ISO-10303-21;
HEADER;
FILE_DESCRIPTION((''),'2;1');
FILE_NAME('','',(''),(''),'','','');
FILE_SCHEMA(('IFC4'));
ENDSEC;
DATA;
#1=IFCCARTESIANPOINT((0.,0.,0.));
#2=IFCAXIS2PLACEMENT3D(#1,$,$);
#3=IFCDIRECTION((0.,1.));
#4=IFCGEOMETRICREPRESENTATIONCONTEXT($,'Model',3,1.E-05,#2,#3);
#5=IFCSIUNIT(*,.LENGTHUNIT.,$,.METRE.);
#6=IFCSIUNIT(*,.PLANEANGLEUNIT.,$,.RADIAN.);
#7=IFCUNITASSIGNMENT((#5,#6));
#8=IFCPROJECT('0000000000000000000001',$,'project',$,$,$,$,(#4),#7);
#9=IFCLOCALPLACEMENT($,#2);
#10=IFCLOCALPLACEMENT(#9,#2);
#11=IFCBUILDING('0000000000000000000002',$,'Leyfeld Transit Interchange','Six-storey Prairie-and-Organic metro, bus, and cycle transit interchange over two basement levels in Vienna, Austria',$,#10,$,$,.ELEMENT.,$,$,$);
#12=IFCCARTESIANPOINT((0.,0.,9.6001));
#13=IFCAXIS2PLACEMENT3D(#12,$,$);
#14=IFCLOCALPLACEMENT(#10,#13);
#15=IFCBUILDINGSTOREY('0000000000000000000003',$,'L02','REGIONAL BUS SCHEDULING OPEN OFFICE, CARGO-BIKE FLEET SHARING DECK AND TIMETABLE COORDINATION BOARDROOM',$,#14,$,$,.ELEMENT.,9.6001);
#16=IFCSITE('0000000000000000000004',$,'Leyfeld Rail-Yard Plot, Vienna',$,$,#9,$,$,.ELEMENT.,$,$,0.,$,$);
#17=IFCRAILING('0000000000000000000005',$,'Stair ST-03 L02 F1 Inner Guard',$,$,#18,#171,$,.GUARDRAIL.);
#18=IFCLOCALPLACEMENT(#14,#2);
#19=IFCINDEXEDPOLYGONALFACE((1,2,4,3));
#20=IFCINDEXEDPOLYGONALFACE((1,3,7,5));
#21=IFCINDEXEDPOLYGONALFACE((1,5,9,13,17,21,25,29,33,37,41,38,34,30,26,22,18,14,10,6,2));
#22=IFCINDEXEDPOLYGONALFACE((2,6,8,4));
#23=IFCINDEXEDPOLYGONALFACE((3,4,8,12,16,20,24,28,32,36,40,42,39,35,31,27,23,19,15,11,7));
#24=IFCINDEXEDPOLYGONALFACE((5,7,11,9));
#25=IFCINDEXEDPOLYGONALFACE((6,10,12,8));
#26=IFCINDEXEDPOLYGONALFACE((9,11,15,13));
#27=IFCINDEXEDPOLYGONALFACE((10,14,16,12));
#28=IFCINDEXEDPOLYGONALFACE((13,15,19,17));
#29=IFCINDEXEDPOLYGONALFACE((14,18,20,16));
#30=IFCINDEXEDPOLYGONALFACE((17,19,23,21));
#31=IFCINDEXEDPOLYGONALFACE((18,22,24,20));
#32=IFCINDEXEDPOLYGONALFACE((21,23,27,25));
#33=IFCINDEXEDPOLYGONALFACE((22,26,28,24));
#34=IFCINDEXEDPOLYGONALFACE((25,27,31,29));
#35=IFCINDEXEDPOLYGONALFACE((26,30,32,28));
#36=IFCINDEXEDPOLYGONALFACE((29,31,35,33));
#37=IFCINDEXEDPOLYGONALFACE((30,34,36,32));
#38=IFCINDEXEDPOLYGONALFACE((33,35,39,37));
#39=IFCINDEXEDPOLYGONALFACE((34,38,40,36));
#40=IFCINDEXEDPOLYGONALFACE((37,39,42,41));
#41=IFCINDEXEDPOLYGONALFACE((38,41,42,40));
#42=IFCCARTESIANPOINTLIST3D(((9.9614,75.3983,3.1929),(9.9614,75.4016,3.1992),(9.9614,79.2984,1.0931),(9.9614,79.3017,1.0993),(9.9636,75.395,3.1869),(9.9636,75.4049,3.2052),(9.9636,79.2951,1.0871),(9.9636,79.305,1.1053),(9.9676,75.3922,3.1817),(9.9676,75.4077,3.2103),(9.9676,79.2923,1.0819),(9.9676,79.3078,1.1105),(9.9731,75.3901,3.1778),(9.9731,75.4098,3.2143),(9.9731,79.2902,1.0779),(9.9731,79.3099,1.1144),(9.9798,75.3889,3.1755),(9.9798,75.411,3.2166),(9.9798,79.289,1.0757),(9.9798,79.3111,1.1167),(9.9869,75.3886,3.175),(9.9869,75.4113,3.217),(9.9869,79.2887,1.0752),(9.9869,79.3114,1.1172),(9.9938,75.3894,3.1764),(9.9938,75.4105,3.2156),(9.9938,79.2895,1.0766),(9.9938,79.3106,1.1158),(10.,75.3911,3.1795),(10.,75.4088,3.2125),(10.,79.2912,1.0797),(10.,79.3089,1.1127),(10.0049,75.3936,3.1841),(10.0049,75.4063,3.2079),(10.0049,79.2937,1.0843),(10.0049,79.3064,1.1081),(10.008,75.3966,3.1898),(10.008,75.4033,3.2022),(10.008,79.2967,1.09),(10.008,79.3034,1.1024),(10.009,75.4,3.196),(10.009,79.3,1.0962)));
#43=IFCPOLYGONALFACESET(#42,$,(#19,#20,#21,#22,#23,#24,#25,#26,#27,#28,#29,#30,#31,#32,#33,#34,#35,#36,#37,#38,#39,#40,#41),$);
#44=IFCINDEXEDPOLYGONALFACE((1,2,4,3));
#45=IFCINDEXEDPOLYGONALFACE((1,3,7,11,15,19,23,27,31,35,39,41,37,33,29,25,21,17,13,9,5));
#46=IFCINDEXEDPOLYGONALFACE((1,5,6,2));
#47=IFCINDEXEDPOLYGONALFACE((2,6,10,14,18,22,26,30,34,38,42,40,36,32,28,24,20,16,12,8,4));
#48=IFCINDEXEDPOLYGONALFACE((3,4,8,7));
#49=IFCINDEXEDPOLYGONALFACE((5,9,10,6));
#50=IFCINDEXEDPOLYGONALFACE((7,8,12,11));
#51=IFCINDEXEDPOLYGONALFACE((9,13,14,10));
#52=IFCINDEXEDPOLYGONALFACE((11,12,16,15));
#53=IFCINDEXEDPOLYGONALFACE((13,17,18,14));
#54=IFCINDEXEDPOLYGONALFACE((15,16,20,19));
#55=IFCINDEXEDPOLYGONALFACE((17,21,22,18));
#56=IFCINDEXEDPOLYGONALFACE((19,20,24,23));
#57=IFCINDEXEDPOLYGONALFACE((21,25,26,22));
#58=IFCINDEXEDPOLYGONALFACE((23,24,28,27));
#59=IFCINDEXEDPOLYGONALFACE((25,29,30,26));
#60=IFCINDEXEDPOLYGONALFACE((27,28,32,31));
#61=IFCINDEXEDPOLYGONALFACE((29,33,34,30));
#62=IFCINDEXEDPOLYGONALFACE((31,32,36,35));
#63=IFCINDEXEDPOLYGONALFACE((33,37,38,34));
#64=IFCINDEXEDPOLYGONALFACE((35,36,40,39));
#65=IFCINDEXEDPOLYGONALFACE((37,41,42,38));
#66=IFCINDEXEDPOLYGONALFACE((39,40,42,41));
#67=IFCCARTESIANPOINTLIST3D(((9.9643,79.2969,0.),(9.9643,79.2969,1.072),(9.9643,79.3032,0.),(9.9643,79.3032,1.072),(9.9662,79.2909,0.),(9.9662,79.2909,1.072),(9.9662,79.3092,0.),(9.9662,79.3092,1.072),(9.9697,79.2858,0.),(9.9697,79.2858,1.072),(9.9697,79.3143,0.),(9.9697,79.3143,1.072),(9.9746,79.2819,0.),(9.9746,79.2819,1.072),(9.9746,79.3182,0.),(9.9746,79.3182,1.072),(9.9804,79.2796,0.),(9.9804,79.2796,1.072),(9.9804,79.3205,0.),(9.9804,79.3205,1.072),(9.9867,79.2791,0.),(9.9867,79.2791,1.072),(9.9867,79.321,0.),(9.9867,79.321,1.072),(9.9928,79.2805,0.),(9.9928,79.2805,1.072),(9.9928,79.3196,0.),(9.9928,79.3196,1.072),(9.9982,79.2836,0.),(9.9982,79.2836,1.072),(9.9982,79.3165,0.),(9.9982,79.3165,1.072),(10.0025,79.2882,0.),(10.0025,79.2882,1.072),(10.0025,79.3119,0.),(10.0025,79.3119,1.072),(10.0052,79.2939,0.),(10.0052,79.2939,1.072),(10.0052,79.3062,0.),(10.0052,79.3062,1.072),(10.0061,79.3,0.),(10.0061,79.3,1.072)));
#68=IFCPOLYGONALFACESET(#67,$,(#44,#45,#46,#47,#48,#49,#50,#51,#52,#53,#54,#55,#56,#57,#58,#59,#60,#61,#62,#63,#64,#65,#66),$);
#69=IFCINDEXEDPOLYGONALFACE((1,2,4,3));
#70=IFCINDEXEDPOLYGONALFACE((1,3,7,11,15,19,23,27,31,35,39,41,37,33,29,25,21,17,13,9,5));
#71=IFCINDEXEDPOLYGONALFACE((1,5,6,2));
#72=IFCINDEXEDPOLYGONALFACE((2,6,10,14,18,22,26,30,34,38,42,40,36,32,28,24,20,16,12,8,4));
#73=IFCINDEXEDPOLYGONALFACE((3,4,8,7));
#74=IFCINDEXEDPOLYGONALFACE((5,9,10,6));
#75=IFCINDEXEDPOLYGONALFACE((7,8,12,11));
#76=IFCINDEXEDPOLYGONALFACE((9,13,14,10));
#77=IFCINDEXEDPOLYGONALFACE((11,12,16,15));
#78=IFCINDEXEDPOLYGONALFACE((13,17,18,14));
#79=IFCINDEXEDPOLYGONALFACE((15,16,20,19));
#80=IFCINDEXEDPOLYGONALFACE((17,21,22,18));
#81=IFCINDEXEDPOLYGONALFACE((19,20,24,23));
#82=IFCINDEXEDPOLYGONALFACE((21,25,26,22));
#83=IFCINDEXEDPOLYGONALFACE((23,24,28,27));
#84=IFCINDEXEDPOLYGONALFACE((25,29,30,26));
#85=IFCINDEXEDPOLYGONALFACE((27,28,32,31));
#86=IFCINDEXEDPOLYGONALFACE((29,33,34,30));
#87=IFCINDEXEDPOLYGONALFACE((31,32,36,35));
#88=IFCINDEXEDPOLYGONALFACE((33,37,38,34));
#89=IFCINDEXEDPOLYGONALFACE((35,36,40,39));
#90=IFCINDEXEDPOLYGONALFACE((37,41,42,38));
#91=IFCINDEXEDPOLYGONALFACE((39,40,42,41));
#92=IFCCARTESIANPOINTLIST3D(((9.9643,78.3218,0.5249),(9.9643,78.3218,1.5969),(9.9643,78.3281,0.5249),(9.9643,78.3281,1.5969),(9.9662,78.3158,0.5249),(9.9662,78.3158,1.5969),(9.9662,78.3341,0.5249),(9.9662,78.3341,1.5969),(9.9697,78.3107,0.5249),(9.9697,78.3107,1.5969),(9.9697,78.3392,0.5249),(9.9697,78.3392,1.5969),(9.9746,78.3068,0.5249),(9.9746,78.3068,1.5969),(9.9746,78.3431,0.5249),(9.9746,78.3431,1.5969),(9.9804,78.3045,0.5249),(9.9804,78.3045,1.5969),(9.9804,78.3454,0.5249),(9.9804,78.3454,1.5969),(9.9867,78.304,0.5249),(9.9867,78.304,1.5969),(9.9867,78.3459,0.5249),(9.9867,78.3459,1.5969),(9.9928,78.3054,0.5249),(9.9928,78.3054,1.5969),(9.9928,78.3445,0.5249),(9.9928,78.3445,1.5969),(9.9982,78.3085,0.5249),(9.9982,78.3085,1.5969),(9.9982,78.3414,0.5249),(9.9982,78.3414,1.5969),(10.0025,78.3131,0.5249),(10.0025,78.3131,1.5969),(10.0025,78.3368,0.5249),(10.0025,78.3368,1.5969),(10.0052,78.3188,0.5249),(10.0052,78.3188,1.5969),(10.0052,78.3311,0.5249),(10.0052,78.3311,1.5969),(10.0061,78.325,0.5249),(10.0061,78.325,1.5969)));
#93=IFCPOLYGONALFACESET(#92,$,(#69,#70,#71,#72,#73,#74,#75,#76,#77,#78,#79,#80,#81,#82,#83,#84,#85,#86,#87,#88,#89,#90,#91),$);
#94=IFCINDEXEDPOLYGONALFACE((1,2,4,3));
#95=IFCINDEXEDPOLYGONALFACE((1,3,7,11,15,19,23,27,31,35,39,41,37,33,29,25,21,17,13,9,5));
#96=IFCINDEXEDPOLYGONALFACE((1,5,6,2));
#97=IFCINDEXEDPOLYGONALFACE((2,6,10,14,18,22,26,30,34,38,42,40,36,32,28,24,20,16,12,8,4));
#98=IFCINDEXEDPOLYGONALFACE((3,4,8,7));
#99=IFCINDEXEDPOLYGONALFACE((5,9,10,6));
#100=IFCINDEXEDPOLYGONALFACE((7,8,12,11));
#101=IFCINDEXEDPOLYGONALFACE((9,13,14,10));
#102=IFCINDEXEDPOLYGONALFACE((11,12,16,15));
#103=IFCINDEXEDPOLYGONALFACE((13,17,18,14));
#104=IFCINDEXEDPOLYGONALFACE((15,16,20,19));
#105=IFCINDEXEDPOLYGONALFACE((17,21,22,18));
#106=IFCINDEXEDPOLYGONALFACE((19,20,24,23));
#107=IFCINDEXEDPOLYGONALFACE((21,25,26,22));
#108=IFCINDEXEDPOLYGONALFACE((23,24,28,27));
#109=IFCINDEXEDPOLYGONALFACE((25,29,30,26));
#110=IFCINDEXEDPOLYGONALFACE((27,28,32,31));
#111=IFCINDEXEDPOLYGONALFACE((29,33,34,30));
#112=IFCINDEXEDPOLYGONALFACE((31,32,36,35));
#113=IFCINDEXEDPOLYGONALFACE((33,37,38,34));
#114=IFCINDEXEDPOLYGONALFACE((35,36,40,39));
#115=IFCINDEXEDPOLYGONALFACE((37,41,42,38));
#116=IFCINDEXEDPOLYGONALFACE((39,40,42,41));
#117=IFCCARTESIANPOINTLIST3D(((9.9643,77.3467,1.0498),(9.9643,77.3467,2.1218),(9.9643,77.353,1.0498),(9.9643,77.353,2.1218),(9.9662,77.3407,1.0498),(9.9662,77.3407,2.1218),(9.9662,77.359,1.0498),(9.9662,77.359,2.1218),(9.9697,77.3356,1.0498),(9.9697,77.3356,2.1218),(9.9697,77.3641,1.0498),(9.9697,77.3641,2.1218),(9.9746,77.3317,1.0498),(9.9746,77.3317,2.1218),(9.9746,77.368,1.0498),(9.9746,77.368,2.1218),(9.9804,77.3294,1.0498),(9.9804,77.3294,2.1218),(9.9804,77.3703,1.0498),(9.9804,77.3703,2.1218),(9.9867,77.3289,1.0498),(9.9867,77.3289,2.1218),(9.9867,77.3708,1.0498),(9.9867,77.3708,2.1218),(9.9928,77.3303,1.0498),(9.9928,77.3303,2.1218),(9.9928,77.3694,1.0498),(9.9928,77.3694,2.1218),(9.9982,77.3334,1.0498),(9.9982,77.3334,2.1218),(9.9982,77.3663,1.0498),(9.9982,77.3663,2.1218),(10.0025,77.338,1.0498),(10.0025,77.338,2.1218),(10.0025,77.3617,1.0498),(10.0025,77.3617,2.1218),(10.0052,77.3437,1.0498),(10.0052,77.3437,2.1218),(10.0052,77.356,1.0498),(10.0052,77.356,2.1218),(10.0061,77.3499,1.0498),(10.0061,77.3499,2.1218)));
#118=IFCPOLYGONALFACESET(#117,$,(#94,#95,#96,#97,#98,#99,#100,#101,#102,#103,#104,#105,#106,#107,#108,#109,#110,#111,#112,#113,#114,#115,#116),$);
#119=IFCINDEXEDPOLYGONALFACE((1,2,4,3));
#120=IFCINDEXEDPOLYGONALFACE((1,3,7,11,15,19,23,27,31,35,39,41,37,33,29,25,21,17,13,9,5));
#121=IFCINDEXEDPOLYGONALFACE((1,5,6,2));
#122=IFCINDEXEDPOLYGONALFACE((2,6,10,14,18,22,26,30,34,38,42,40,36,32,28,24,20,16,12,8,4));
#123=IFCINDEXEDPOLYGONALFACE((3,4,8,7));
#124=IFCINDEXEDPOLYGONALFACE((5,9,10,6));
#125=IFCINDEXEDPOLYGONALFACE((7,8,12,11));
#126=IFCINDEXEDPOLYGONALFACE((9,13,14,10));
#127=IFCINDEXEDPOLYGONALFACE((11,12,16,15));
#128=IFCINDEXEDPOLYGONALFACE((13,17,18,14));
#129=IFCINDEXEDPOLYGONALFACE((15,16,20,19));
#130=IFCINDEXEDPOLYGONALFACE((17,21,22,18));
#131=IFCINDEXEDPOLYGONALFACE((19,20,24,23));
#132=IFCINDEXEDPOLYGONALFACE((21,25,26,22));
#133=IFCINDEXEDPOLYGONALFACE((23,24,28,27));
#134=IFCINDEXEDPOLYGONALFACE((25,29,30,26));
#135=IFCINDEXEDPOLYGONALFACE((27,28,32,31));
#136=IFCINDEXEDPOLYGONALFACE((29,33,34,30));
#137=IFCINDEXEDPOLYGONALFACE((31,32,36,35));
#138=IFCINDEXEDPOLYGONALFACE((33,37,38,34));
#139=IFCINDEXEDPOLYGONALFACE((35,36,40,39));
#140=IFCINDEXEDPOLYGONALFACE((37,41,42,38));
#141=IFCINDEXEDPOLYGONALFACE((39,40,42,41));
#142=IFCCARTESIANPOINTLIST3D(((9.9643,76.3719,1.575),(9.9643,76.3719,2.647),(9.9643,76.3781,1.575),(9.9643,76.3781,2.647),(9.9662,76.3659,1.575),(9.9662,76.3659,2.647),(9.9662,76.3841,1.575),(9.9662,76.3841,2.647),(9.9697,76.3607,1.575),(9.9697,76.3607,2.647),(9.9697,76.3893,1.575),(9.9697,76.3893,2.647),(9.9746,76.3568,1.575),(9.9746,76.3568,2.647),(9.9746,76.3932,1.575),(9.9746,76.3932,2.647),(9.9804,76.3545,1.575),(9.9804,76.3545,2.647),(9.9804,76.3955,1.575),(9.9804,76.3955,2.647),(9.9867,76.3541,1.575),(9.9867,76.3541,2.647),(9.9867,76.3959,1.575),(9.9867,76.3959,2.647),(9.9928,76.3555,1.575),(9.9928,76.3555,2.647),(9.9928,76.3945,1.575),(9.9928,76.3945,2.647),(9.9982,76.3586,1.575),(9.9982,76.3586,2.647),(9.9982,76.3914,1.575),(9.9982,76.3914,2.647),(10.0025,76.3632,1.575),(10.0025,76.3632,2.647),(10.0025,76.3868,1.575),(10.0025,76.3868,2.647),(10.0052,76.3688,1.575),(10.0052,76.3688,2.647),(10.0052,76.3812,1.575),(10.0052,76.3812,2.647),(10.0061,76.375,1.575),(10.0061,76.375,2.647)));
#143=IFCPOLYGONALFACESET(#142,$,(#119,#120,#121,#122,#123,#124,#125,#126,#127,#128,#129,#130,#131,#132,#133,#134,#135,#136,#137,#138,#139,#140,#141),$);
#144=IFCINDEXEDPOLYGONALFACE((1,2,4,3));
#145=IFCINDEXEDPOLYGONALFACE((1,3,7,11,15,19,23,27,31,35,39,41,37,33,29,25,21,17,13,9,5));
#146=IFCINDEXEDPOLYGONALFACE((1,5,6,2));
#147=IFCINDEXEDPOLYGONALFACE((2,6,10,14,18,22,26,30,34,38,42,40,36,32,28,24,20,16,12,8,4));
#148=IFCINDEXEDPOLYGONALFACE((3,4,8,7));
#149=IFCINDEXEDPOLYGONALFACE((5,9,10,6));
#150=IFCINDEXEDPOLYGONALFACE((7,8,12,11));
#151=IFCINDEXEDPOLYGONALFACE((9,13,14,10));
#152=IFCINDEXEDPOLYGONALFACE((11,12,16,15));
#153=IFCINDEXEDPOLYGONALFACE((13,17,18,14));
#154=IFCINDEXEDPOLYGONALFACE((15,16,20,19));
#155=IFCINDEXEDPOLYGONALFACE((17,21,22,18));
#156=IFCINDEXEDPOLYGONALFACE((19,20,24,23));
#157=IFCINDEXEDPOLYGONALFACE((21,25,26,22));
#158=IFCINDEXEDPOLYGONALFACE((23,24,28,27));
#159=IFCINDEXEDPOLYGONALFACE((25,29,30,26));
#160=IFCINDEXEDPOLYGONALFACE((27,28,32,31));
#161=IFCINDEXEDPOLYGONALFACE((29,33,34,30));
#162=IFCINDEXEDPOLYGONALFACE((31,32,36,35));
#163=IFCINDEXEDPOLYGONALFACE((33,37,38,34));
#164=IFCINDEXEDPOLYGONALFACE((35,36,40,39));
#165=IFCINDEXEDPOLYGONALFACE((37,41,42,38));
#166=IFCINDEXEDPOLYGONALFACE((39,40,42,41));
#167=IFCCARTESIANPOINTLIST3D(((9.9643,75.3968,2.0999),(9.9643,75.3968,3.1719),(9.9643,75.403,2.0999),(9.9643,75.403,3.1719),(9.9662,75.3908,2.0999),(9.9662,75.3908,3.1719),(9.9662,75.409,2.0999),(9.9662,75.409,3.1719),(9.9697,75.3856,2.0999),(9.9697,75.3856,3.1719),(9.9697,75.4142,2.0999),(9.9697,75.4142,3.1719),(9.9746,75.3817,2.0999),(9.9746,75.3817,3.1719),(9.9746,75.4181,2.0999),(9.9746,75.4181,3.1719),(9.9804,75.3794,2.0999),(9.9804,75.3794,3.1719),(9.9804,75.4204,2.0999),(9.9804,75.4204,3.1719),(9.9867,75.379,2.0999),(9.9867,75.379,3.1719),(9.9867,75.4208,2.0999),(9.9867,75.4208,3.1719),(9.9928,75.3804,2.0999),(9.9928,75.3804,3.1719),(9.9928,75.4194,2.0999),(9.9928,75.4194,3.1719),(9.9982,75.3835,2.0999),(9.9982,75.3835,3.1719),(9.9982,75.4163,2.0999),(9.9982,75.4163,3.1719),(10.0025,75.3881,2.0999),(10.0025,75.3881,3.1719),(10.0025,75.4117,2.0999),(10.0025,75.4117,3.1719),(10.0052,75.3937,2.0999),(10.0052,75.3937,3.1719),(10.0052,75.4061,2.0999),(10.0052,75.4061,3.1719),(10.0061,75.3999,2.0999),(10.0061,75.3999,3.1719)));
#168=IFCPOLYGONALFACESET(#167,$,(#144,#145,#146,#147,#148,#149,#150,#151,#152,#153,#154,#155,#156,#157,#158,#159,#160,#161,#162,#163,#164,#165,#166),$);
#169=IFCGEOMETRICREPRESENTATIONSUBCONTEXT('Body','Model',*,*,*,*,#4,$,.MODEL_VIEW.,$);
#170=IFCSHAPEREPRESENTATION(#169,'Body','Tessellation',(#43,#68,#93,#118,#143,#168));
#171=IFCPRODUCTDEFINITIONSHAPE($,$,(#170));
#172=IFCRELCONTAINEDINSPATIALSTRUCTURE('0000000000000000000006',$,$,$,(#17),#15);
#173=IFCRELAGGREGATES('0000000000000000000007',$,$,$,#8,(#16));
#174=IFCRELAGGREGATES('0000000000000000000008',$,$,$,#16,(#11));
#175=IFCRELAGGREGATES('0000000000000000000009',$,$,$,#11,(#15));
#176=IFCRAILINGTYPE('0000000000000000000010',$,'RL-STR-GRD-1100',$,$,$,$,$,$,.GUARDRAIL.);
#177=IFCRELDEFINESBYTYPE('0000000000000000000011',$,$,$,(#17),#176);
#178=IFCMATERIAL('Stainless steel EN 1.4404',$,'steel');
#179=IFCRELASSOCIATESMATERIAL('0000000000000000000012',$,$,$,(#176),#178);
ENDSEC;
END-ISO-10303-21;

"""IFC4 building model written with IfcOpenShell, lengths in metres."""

from ifc_helpers import new_model, si_unit, direction, frame, origin, origin_2d, place, context, subcontext, project, spatial, circle, extrude, material, type_object, element, save


model = new_model("IFC4")

# Units and contexts
model_context = context("Model", 3, precision=1e-05, world=origin(), true_north=direction((0.0, 1.0)))
body_context = subcontext(model_context, "Body", "Model", "MODEL_VIEW")
ifc_project = project(units=[si_unit("LENGTHUNIT", "METRE"), si_unit("PLANEANGLEUNIT", "RADIAN")], contexts=[model_context])

# Site, building, storey
site_placement = place(None, origin())
site = spatial("IfcSite", under=ifc_project, at=site_placement, Name="Leyfeld Rail-Yard Plot, Vienna", CompositionType="ELEMENT", RefElevation=0.0)
building_placement = place(site_placement, origin())
building = spatial("IfcBuilding", under=site, at=building_placement, Name="Leyfeld Transit Interchange", Description="Six-storey Prairie-and-Organic metro, bus, and cycle transit interchange over two basement levels in Vienna, Austria", CompositionType="ELEMENT")
storey_placement = place(building_placement, frame((0.0, 0.0, 9.6001)))
storey = spatial("IfcBuildingStorey", under=building, at=storey_placement, Name="L02", Description="REGIONAL BUS SCHEDULING OPEN OFFICE, CARGO-BIKE FLEET SHARING DECK AND TIMETABLE COORDINATION BOARDROOM", CompositionType="ELEMENT", Elevation=9.6001)

# Shared definitions
ifc_material_1 = material(Name="Stainless steel EN 1.4404", Category="steel")

# Railing
railing_type_1 = type_object("IfcRailingType", Name="RL-STR-GRD-1100", PredefinedType="GUARDRAIL", material=ifc_material_1)
railing_1_placement = place(storey_placement, frame((9.9851, 79.3, 0.0)))
element("IfcRailing", 1, at=railing_1_placement, inside=storey, type_object=railing_type_1, Name="Stair ST-03 L02 F1 Inner Guard", PredefinedType="GUARDRAIL", context=body_context, shape_type="SweptSolid", body=[
    extrude(circle(Radius=0.0239, at=origin_2d()), frame((0.0, 0.0, 1.0962), z_axis=(0.0, -0.880492, 0.47406), x_axis=(1.0, 0.0, 0.0)), (0.0, 0.0, 1.0), 4.4294),
    extrude(circle(Radius=0.021, at=origin_2d()), origin(), (0.0, 0.0, 1.0), 1.072),
    extrude(circle(Radius=0.021, at=origin_2d()), frame((0.0, -0.9751, 0.5249)), (0.0, 0.0, 1.0), 1.072),
    extrude(circle(Radius=0.021, at=origin_2d()), frame((0.0, -1.9502, 1.0498)), (0.0, 0.0, 1.0), 1.072),
    extrude(circle(Radius=0.021, at=origin_2d()), frame((0.0, -2.925, 1.575)), (0.0, 0.0, 1.0), 1.072),
    extrude(circle(Radius=0.021, at=origin_2d()), frame((0.0, -3.9001, 2.0999)), (0.0, 0.0, 1.0), 1.072),
])

save(model, "model.ifc")
